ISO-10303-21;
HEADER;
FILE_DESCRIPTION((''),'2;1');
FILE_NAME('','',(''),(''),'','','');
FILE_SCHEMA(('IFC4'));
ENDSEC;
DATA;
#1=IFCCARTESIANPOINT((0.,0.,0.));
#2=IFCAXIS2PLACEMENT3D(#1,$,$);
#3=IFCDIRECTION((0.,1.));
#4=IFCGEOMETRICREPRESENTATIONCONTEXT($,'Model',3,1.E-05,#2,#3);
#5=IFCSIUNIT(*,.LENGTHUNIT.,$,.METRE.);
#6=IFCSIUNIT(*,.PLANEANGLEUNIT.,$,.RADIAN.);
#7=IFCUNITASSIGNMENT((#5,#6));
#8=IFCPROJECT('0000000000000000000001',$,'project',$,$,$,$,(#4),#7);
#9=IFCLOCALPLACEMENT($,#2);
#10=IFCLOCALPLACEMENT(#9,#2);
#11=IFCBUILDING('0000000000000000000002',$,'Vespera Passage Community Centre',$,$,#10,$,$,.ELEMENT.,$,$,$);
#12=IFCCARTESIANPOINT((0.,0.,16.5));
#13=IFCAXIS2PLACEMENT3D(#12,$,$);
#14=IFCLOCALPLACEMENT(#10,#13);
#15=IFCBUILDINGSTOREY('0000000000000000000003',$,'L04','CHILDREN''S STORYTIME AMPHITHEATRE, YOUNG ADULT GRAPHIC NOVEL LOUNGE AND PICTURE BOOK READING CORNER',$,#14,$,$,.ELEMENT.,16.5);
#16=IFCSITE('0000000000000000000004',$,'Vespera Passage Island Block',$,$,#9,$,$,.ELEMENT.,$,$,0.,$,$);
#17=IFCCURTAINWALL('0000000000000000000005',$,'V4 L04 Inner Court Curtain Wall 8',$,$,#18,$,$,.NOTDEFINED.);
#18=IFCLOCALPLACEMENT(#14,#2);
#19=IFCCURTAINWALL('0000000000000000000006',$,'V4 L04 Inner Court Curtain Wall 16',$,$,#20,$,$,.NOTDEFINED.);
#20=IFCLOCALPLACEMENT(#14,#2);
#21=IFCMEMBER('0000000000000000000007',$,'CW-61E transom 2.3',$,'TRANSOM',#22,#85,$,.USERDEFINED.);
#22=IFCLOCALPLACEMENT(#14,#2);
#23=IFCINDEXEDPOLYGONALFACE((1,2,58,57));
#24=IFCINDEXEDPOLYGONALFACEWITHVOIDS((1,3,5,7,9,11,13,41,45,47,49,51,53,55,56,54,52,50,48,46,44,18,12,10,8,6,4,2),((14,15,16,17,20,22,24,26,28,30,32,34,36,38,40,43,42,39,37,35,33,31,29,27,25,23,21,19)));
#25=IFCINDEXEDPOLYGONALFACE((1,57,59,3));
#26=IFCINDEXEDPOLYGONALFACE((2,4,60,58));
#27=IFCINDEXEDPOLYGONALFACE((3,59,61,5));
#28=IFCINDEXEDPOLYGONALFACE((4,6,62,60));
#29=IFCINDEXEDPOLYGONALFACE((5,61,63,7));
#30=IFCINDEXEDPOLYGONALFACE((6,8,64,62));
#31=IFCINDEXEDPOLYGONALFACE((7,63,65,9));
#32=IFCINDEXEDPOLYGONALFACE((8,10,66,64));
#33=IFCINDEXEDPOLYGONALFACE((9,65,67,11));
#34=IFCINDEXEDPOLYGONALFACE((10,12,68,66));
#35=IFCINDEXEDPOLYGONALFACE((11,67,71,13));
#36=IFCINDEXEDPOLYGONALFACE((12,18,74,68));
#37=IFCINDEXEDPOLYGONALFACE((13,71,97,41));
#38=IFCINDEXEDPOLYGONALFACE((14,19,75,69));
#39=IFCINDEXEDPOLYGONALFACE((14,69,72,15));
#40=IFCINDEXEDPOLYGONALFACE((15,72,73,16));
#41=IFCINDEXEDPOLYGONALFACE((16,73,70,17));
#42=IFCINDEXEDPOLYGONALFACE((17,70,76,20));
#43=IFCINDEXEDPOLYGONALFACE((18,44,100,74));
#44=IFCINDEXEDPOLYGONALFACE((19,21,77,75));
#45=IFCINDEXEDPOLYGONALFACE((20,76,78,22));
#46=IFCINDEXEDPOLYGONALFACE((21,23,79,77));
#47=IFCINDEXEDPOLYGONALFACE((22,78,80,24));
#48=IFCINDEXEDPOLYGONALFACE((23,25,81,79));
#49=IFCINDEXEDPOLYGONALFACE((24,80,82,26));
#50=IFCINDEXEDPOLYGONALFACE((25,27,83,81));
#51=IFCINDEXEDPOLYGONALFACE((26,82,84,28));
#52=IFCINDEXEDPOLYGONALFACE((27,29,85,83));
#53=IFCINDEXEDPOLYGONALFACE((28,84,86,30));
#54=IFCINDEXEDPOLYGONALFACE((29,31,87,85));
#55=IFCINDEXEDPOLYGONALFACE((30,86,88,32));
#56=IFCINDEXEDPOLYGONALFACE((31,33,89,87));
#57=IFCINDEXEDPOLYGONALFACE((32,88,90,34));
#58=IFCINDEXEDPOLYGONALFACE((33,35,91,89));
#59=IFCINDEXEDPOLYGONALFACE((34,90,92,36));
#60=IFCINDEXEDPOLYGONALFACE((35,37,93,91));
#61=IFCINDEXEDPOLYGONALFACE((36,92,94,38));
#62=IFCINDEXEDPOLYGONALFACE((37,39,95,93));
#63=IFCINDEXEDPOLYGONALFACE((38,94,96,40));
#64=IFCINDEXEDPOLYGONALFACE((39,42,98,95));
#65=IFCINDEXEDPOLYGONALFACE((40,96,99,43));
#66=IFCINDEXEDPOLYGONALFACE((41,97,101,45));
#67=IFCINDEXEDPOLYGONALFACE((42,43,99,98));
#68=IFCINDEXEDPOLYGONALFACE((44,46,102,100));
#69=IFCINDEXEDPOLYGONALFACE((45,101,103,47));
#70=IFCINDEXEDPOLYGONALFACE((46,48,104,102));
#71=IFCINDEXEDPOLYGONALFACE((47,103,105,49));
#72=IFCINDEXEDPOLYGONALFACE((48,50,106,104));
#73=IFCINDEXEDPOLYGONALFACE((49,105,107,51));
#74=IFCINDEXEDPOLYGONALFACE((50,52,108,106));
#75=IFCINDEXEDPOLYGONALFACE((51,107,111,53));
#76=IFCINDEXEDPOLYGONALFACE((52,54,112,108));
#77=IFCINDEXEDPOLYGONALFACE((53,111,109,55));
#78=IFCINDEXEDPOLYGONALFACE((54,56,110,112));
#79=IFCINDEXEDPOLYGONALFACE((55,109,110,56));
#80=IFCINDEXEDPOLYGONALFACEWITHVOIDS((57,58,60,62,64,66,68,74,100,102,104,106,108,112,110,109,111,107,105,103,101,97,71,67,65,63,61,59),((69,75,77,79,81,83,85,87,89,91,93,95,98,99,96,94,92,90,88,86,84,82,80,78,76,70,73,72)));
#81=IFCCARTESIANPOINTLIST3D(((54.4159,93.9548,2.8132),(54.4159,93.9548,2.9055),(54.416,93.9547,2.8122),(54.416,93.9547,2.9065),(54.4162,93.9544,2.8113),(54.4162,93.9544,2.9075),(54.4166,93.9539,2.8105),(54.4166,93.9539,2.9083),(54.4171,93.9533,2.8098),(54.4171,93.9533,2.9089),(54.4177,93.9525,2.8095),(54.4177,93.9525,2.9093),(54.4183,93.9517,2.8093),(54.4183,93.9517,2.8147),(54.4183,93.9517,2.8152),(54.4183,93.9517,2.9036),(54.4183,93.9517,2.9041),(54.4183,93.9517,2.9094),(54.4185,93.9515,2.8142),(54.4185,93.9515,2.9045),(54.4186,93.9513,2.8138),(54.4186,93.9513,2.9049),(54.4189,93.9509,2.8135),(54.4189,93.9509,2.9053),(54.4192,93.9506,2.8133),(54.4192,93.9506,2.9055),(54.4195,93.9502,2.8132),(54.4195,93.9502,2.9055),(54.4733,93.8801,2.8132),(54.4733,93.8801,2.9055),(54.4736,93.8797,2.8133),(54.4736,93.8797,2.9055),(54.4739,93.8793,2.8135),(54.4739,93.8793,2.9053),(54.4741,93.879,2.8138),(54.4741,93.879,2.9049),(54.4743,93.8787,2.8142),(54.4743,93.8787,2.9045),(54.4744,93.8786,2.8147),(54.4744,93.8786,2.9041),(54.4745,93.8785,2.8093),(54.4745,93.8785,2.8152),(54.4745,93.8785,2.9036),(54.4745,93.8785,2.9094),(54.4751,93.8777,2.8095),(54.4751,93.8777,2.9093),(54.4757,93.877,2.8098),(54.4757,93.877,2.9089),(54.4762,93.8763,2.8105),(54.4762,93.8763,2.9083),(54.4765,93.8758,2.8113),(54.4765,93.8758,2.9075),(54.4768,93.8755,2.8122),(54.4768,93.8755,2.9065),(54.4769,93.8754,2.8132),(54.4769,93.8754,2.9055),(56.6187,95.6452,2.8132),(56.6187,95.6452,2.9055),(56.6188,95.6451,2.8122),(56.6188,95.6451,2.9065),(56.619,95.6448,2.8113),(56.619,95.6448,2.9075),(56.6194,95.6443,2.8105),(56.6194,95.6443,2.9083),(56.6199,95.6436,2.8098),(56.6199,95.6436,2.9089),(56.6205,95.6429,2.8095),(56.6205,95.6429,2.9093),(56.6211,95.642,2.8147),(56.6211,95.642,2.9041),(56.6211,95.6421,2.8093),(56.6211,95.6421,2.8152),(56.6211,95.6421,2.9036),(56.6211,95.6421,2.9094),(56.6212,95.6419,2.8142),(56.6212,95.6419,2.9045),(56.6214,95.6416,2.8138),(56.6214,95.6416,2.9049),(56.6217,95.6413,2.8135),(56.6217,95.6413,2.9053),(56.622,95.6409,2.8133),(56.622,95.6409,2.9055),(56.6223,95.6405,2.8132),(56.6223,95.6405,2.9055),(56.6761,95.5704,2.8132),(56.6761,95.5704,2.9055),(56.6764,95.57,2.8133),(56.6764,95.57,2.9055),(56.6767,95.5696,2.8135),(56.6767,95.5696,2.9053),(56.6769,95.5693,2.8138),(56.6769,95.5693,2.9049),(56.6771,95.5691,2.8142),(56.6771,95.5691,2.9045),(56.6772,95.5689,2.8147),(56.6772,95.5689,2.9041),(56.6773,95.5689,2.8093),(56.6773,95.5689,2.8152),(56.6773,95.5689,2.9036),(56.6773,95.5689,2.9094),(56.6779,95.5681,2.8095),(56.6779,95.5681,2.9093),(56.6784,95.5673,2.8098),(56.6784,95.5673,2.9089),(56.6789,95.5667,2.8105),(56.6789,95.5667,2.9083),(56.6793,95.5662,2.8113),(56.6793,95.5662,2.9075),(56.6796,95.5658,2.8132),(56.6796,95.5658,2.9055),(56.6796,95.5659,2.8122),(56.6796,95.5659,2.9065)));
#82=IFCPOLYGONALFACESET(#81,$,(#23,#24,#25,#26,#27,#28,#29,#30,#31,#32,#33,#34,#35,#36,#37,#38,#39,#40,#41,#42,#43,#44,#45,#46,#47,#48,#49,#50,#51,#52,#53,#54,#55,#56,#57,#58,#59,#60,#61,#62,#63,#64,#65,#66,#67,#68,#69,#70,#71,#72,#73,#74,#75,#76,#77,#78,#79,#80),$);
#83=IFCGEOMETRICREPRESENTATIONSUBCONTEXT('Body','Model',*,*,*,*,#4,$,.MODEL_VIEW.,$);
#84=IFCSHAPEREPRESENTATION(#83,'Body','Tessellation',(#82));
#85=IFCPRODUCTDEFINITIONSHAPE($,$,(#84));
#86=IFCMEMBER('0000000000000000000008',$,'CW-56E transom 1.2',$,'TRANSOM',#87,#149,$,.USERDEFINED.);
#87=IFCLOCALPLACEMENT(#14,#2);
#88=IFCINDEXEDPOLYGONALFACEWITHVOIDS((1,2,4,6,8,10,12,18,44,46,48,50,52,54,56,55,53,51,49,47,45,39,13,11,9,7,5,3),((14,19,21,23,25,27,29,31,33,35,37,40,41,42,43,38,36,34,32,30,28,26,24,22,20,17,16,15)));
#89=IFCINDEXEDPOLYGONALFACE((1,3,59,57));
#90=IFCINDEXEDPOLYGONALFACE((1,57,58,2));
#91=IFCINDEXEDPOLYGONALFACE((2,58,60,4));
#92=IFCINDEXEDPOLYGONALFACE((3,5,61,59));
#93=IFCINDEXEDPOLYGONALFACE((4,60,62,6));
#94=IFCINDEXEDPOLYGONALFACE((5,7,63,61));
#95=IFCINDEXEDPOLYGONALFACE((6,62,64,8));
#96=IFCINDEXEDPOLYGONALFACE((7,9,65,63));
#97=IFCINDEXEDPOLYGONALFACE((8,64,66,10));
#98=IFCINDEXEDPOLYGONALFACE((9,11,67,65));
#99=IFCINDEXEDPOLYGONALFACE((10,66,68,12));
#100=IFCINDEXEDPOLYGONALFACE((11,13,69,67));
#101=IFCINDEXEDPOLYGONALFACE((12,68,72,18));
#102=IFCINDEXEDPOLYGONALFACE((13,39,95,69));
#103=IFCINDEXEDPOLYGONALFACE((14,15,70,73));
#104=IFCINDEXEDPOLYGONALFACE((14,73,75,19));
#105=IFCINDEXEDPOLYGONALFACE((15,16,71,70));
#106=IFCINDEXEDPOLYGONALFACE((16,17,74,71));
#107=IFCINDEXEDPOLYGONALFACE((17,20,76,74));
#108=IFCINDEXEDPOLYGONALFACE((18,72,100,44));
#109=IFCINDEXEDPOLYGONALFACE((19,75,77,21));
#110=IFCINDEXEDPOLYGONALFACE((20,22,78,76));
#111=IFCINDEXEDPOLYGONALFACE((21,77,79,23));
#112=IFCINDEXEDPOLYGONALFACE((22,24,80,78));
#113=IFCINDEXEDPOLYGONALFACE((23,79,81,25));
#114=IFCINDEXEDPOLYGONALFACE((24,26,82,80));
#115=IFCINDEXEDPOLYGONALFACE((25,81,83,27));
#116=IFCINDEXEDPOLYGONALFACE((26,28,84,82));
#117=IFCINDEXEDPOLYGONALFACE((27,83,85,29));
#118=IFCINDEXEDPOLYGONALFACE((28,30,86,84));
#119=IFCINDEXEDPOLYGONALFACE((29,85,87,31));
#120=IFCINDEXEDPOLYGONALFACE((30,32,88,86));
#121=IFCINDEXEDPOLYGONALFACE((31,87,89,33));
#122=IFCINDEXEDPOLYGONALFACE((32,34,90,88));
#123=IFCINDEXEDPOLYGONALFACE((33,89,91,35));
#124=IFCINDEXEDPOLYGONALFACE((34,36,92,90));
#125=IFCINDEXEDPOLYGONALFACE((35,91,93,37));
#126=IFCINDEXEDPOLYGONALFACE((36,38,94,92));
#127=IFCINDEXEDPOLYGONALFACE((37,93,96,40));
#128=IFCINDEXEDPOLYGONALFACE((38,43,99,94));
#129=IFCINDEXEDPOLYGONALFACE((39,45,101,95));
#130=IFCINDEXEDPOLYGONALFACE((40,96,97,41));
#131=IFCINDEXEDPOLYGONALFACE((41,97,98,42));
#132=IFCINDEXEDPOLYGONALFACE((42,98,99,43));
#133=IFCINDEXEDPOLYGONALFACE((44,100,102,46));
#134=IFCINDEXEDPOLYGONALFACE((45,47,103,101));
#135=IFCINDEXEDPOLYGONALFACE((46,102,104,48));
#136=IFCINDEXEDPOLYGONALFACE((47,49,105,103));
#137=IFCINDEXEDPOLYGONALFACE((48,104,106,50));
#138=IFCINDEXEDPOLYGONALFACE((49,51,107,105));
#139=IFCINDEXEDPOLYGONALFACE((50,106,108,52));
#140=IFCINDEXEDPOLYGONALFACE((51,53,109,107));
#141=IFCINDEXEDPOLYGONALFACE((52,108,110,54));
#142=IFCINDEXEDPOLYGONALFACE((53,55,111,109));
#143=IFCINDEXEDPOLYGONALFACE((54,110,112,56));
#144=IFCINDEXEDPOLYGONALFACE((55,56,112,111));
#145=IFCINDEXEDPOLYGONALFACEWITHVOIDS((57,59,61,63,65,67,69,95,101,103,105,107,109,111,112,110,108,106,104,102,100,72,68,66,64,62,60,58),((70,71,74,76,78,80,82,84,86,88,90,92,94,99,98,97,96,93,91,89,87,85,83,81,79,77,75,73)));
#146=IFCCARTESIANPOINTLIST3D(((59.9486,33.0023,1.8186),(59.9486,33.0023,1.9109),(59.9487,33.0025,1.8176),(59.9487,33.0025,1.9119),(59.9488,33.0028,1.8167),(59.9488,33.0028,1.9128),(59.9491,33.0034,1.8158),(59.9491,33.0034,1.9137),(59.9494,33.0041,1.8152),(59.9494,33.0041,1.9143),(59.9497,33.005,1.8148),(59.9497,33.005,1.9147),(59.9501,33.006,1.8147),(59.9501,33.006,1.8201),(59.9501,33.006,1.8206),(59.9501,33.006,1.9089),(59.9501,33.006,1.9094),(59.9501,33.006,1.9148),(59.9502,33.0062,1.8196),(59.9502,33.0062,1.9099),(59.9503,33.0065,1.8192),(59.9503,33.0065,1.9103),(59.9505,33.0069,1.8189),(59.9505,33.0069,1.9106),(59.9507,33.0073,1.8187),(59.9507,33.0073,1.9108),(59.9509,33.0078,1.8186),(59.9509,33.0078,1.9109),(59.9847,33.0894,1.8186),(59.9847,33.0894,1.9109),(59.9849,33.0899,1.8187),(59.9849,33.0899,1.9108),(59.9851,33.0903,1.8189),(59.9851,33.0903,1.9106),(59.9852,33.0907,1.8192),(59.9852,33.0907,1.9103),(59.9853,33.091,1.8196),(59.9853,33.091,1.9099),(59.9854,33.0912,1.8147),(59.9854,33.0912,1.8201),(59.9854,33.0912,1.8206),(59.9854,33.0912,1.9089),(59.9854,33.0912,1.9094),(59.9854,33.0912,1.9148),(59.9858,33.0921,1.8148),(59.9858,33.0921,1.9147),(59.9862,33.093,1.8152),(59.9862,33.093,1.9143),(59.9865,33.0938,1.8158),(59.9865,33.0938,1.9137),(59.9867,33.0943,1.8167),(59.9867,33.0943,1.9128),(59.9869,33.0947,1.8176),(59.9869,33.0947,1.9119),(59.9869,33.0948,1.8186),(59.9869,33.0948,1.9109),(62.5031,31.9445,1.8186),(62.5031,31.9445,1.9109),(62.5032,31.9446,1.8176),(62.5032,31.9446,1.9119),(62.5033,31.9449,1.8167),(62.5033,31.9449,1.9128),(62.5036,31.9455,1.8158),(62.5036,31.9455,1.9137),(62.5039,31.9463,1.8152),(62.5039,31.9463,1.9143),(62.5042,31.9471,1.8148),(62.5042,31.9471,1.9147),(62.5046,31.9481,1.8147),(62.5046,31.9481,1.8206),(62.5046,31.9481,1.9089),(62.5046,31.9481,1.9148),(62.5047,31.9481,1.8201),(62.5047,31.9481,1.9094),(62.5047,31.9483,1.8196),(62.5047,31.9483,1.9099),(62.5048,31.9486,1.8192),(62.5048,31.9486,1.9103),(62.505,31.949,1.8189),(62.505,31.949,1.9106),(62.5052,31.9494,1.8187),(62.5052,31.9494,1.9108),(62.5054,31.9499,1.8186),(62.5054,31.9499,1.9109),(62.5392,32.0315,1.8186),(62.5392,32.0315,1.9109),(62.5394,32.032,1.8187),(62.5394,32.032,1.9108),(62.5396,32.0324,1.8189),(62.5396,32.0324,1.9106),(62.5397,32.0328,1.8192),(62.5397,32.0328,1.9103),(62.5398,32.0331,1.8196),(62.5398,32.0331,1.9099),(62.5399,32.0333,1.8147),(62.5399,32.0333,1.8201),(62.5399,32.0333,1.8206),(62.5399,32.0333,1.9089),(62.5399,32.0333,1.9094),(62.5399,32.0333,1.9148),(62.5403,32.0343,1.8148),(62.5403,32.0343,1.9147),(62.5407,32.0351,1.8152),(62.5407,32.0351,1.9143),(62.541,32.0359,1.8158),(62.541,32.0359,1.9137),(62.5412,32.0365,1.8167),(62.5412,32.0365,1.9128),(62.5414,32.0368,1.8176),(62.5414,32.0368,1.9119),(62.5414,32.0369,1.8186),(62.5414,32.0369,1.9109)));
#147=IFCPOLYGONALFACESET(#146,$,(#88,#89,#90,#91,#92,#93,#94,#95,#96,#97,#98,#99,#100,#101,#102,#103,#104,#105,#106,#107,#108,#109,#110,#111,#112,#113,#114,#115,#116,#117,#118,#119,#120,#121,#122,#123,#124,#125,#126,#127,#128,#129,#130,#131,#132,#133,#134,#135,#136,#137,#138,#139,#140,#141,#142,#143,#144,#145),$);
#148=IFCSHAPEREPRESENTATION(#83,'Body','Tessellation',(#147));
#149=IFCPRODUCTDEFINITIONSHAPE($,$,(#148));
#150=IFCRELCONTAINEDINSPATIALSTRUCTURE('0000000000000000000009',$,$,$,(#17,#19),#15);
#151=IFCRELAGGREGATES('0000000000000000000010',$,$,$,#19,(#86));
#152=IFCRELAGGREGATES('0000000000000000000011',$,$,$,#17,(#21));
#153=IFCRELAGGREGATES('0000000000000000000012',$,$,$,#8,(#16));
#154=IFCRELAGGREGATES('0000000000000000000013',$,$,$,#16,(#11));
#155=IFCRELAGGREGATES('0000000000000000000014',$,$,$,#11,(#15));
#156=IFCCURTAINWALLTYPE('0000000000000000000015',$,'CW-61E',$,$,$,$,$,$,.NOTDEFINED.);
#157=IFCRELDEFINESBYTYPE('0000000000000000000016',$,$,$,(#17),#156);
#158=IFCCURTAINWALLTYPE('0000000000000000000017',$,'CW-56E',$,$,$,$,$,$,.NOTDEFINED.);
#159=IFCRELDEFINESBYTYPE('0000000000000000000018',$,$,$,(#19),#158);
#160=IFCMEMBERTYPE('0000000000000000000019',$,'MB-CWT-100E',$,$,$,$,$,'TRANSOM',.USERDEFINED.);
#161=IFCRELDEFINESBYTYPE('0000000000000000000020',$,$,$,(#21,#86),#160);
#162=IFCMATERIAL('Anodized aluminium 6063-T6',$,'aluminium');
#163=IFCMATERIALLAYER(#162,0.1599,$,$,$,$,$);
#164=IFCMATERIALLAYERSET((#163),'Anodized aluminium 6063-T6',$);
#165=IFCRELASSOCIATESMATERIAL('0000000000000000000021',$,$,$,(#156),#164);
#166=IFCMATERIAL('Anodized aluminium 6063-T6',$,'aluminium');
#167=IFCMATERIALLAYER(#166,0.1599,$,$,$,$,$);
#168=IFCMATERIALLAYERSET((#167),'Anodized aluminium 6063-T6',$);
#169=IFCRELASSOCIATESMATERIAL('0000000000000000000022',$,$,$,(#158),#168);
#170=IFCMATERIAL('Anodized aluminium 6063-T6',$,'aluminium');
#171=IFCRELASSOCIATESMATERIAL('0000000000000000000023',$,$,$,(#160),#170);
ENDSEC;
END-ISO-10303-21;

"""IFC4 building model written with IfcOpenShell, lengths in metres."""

from ifc_helpers import new_model, si_unit, direction, frame, origin, origin_2d, place, context, subcontext, project, spatial, hollow_rectangle, extrude, material, layer, layer_set, material_profile, profile_set, type_object, element, aggregate, save


model = new_model("IFC4")

# Units and contexts
model_context = context("Model", 3, precision=1e-05, world=origin(), true_north=direction((0.0, 1.0)))
body_context = subcontext(model_context, "Body", "Model", "MODEL_VIEW")
ifc_project = project(units=[si_unit("LENGTHUNIT", "METRE"), si_unit("PLANEANGLEUNIT", "RADIAN")], contexts=[model_context])

# Site, building, storey
site_placement = place(None, origin())
site = spatial("IfcSite", under=ifc_project, at=site_placement, Name="Vespera Passage Island Block", CompositionType="ELEMENT", RefElevation=0.0)
building_placement = place(site_placement, origin())
building = spatial("IfcBuilding", under=site, at=building_placement, Name="Vespera Passage Community Centre", CompositionType="ELEMENT")
storey_placement = place(building_placement, frame((0.0, 0.0, 16.5)))
storey = spatial("IfcBuildingStorey", under=building, at=storey_placement, Name="L04", Description="CHILDREN'S STORYTIME AMPHITHEATRE, YOUNG ADULT GRAPHIC NOVEL LOUNGE AND PICTURE BOOK READING CORNER", CompositionType="ELEMENT", Elevation=16.5)

# Curtain wall
ifc_material_1 = material(Name="Anodized aluminium 6063-T6", Category="aluminium")
ifc_layer_1 = layer(ifc_material_1, 0.1599)
ifc_layer_set_1 = layer_set([ifc_layer_1], Name="Anodized aluminium 6063-T6")
curtain_wall_type_1 = type_object("IfcCurtainWallType", Name="CW-61E", PredefinedType="NOTDEFINED", material=ifc_layer_set_1)
curtain_wall_1_placement = place(storey_placement, origin())
curtain_wall_1 = element("IfcCurtainWall", 1, at=curtain_wall_1_placement, inside=storey, type_object=curtain_wall_type_1, Name="V4 L04 Inner Court Curtain Wall 8", PredefinedType="NOTDEFINED")

# Curtain wall
ifc_material_2 = material(Name="Anodized aluminium 6063-T6", Category="aluminium")
ifc_layer_2 = layer(ifc_material_2, 0.1599)
ifc_layer_set_2 = layer_set([ifc_layer_2], Name="Anodized aluminium 6063-T6")
curtain_wall_type_2 = type_object("IfcCurtainWallType", Name="CW-56E", PredefinedType="NOTDEFINED", material=ifc_layer_set_2)
curtain_wall_2_placement = place(storey_placement, origin())
curtain_wall_2 = element("IfcCurtainWall", 2, at=curtain_wall_2_placement, inside=storey, type_object=curtain_wall_type_2, Name="V4 L04 Inner Court Curtain Wall 16", PredefinedType="NOTDEFINED")

# Members
ifc_material_3 = material(Name="Anodized aluminium 6063-T6", Category="aluminium")
ifc_material_profile_1 = material_profile(ifc_material_3, hollow_rectangle(XDim=0.1001, YDim=0.1001, WallThickness=0.0039, InnerFilletRadius=0.002, OuterFilletRadius=0.0039, at=origin_2d()), Name="ALU100X100X4")
ifc_profile_set_1 = profile_set([ifc_material_profile_1], Name="Anodized aluminium 6063-T6")
member_type_1 = type_object("IfcMemberType", Name="MB-CWT-100E", ElementType="TRANSOM", PredefinedType="USERDEFINED", material=ifc_profile_set_1)
member_1_placement = place(storey_placement, frame((56.6492, 95.6055, 2.8594), z_axis=(-0.793336, -0.608784, 0.0), x_axis=(0.608784, -0.793336, 0.0)))
member_1 = element("IfcMember", 3, at=member_1_placement, type_object=member_type_1, Name="CW-61E transom 2.3", ObjectType="TRANSOM", PredefinedType="USERDEFINED", context=body_context, shape_type="SweptSolid", body=[
    extrude(hollow_rectangle(XDim=0.1001, YDim=0.1001, WallThickness=0.0039, InnerFilletRadius=0.002, OuterFilletRadius=0.0039, at=origin_2d()), origin(), (0.0, 0.0, 1.0), 2.7766),
])
member_2_placement = place(storey_placement, frame((59.9678, 33.0486, 1.8647), z_axis=(0.923908, -0.382614, 0.0), x_axis=(0.382614, 0.923908, 0.0)))
member_2 = element("IfcMember", 4, at=member_2_placement, type_object=member_type_1, Name="CW-56E transom 1.2", ObjectType="TRANSOM", PredefinedType="USERDEFINED", context=body_context, shape_type="SweptSolid", body=[
    extrude(hollow_rectangle(XDim=0.1001, YDim=0.1001, WallThickness=0.0039, InnerFilletRadius=0.002, OuterFilletRadius=0.0039, at=origin_2d()), origin(), (0.0, 0.0, 1.0), 2.7649),
])
aggregate(curtain_wall_2, [member_2])

aggregate(curtain_wall_1, [member_1])

save(model, "model.ifc")
